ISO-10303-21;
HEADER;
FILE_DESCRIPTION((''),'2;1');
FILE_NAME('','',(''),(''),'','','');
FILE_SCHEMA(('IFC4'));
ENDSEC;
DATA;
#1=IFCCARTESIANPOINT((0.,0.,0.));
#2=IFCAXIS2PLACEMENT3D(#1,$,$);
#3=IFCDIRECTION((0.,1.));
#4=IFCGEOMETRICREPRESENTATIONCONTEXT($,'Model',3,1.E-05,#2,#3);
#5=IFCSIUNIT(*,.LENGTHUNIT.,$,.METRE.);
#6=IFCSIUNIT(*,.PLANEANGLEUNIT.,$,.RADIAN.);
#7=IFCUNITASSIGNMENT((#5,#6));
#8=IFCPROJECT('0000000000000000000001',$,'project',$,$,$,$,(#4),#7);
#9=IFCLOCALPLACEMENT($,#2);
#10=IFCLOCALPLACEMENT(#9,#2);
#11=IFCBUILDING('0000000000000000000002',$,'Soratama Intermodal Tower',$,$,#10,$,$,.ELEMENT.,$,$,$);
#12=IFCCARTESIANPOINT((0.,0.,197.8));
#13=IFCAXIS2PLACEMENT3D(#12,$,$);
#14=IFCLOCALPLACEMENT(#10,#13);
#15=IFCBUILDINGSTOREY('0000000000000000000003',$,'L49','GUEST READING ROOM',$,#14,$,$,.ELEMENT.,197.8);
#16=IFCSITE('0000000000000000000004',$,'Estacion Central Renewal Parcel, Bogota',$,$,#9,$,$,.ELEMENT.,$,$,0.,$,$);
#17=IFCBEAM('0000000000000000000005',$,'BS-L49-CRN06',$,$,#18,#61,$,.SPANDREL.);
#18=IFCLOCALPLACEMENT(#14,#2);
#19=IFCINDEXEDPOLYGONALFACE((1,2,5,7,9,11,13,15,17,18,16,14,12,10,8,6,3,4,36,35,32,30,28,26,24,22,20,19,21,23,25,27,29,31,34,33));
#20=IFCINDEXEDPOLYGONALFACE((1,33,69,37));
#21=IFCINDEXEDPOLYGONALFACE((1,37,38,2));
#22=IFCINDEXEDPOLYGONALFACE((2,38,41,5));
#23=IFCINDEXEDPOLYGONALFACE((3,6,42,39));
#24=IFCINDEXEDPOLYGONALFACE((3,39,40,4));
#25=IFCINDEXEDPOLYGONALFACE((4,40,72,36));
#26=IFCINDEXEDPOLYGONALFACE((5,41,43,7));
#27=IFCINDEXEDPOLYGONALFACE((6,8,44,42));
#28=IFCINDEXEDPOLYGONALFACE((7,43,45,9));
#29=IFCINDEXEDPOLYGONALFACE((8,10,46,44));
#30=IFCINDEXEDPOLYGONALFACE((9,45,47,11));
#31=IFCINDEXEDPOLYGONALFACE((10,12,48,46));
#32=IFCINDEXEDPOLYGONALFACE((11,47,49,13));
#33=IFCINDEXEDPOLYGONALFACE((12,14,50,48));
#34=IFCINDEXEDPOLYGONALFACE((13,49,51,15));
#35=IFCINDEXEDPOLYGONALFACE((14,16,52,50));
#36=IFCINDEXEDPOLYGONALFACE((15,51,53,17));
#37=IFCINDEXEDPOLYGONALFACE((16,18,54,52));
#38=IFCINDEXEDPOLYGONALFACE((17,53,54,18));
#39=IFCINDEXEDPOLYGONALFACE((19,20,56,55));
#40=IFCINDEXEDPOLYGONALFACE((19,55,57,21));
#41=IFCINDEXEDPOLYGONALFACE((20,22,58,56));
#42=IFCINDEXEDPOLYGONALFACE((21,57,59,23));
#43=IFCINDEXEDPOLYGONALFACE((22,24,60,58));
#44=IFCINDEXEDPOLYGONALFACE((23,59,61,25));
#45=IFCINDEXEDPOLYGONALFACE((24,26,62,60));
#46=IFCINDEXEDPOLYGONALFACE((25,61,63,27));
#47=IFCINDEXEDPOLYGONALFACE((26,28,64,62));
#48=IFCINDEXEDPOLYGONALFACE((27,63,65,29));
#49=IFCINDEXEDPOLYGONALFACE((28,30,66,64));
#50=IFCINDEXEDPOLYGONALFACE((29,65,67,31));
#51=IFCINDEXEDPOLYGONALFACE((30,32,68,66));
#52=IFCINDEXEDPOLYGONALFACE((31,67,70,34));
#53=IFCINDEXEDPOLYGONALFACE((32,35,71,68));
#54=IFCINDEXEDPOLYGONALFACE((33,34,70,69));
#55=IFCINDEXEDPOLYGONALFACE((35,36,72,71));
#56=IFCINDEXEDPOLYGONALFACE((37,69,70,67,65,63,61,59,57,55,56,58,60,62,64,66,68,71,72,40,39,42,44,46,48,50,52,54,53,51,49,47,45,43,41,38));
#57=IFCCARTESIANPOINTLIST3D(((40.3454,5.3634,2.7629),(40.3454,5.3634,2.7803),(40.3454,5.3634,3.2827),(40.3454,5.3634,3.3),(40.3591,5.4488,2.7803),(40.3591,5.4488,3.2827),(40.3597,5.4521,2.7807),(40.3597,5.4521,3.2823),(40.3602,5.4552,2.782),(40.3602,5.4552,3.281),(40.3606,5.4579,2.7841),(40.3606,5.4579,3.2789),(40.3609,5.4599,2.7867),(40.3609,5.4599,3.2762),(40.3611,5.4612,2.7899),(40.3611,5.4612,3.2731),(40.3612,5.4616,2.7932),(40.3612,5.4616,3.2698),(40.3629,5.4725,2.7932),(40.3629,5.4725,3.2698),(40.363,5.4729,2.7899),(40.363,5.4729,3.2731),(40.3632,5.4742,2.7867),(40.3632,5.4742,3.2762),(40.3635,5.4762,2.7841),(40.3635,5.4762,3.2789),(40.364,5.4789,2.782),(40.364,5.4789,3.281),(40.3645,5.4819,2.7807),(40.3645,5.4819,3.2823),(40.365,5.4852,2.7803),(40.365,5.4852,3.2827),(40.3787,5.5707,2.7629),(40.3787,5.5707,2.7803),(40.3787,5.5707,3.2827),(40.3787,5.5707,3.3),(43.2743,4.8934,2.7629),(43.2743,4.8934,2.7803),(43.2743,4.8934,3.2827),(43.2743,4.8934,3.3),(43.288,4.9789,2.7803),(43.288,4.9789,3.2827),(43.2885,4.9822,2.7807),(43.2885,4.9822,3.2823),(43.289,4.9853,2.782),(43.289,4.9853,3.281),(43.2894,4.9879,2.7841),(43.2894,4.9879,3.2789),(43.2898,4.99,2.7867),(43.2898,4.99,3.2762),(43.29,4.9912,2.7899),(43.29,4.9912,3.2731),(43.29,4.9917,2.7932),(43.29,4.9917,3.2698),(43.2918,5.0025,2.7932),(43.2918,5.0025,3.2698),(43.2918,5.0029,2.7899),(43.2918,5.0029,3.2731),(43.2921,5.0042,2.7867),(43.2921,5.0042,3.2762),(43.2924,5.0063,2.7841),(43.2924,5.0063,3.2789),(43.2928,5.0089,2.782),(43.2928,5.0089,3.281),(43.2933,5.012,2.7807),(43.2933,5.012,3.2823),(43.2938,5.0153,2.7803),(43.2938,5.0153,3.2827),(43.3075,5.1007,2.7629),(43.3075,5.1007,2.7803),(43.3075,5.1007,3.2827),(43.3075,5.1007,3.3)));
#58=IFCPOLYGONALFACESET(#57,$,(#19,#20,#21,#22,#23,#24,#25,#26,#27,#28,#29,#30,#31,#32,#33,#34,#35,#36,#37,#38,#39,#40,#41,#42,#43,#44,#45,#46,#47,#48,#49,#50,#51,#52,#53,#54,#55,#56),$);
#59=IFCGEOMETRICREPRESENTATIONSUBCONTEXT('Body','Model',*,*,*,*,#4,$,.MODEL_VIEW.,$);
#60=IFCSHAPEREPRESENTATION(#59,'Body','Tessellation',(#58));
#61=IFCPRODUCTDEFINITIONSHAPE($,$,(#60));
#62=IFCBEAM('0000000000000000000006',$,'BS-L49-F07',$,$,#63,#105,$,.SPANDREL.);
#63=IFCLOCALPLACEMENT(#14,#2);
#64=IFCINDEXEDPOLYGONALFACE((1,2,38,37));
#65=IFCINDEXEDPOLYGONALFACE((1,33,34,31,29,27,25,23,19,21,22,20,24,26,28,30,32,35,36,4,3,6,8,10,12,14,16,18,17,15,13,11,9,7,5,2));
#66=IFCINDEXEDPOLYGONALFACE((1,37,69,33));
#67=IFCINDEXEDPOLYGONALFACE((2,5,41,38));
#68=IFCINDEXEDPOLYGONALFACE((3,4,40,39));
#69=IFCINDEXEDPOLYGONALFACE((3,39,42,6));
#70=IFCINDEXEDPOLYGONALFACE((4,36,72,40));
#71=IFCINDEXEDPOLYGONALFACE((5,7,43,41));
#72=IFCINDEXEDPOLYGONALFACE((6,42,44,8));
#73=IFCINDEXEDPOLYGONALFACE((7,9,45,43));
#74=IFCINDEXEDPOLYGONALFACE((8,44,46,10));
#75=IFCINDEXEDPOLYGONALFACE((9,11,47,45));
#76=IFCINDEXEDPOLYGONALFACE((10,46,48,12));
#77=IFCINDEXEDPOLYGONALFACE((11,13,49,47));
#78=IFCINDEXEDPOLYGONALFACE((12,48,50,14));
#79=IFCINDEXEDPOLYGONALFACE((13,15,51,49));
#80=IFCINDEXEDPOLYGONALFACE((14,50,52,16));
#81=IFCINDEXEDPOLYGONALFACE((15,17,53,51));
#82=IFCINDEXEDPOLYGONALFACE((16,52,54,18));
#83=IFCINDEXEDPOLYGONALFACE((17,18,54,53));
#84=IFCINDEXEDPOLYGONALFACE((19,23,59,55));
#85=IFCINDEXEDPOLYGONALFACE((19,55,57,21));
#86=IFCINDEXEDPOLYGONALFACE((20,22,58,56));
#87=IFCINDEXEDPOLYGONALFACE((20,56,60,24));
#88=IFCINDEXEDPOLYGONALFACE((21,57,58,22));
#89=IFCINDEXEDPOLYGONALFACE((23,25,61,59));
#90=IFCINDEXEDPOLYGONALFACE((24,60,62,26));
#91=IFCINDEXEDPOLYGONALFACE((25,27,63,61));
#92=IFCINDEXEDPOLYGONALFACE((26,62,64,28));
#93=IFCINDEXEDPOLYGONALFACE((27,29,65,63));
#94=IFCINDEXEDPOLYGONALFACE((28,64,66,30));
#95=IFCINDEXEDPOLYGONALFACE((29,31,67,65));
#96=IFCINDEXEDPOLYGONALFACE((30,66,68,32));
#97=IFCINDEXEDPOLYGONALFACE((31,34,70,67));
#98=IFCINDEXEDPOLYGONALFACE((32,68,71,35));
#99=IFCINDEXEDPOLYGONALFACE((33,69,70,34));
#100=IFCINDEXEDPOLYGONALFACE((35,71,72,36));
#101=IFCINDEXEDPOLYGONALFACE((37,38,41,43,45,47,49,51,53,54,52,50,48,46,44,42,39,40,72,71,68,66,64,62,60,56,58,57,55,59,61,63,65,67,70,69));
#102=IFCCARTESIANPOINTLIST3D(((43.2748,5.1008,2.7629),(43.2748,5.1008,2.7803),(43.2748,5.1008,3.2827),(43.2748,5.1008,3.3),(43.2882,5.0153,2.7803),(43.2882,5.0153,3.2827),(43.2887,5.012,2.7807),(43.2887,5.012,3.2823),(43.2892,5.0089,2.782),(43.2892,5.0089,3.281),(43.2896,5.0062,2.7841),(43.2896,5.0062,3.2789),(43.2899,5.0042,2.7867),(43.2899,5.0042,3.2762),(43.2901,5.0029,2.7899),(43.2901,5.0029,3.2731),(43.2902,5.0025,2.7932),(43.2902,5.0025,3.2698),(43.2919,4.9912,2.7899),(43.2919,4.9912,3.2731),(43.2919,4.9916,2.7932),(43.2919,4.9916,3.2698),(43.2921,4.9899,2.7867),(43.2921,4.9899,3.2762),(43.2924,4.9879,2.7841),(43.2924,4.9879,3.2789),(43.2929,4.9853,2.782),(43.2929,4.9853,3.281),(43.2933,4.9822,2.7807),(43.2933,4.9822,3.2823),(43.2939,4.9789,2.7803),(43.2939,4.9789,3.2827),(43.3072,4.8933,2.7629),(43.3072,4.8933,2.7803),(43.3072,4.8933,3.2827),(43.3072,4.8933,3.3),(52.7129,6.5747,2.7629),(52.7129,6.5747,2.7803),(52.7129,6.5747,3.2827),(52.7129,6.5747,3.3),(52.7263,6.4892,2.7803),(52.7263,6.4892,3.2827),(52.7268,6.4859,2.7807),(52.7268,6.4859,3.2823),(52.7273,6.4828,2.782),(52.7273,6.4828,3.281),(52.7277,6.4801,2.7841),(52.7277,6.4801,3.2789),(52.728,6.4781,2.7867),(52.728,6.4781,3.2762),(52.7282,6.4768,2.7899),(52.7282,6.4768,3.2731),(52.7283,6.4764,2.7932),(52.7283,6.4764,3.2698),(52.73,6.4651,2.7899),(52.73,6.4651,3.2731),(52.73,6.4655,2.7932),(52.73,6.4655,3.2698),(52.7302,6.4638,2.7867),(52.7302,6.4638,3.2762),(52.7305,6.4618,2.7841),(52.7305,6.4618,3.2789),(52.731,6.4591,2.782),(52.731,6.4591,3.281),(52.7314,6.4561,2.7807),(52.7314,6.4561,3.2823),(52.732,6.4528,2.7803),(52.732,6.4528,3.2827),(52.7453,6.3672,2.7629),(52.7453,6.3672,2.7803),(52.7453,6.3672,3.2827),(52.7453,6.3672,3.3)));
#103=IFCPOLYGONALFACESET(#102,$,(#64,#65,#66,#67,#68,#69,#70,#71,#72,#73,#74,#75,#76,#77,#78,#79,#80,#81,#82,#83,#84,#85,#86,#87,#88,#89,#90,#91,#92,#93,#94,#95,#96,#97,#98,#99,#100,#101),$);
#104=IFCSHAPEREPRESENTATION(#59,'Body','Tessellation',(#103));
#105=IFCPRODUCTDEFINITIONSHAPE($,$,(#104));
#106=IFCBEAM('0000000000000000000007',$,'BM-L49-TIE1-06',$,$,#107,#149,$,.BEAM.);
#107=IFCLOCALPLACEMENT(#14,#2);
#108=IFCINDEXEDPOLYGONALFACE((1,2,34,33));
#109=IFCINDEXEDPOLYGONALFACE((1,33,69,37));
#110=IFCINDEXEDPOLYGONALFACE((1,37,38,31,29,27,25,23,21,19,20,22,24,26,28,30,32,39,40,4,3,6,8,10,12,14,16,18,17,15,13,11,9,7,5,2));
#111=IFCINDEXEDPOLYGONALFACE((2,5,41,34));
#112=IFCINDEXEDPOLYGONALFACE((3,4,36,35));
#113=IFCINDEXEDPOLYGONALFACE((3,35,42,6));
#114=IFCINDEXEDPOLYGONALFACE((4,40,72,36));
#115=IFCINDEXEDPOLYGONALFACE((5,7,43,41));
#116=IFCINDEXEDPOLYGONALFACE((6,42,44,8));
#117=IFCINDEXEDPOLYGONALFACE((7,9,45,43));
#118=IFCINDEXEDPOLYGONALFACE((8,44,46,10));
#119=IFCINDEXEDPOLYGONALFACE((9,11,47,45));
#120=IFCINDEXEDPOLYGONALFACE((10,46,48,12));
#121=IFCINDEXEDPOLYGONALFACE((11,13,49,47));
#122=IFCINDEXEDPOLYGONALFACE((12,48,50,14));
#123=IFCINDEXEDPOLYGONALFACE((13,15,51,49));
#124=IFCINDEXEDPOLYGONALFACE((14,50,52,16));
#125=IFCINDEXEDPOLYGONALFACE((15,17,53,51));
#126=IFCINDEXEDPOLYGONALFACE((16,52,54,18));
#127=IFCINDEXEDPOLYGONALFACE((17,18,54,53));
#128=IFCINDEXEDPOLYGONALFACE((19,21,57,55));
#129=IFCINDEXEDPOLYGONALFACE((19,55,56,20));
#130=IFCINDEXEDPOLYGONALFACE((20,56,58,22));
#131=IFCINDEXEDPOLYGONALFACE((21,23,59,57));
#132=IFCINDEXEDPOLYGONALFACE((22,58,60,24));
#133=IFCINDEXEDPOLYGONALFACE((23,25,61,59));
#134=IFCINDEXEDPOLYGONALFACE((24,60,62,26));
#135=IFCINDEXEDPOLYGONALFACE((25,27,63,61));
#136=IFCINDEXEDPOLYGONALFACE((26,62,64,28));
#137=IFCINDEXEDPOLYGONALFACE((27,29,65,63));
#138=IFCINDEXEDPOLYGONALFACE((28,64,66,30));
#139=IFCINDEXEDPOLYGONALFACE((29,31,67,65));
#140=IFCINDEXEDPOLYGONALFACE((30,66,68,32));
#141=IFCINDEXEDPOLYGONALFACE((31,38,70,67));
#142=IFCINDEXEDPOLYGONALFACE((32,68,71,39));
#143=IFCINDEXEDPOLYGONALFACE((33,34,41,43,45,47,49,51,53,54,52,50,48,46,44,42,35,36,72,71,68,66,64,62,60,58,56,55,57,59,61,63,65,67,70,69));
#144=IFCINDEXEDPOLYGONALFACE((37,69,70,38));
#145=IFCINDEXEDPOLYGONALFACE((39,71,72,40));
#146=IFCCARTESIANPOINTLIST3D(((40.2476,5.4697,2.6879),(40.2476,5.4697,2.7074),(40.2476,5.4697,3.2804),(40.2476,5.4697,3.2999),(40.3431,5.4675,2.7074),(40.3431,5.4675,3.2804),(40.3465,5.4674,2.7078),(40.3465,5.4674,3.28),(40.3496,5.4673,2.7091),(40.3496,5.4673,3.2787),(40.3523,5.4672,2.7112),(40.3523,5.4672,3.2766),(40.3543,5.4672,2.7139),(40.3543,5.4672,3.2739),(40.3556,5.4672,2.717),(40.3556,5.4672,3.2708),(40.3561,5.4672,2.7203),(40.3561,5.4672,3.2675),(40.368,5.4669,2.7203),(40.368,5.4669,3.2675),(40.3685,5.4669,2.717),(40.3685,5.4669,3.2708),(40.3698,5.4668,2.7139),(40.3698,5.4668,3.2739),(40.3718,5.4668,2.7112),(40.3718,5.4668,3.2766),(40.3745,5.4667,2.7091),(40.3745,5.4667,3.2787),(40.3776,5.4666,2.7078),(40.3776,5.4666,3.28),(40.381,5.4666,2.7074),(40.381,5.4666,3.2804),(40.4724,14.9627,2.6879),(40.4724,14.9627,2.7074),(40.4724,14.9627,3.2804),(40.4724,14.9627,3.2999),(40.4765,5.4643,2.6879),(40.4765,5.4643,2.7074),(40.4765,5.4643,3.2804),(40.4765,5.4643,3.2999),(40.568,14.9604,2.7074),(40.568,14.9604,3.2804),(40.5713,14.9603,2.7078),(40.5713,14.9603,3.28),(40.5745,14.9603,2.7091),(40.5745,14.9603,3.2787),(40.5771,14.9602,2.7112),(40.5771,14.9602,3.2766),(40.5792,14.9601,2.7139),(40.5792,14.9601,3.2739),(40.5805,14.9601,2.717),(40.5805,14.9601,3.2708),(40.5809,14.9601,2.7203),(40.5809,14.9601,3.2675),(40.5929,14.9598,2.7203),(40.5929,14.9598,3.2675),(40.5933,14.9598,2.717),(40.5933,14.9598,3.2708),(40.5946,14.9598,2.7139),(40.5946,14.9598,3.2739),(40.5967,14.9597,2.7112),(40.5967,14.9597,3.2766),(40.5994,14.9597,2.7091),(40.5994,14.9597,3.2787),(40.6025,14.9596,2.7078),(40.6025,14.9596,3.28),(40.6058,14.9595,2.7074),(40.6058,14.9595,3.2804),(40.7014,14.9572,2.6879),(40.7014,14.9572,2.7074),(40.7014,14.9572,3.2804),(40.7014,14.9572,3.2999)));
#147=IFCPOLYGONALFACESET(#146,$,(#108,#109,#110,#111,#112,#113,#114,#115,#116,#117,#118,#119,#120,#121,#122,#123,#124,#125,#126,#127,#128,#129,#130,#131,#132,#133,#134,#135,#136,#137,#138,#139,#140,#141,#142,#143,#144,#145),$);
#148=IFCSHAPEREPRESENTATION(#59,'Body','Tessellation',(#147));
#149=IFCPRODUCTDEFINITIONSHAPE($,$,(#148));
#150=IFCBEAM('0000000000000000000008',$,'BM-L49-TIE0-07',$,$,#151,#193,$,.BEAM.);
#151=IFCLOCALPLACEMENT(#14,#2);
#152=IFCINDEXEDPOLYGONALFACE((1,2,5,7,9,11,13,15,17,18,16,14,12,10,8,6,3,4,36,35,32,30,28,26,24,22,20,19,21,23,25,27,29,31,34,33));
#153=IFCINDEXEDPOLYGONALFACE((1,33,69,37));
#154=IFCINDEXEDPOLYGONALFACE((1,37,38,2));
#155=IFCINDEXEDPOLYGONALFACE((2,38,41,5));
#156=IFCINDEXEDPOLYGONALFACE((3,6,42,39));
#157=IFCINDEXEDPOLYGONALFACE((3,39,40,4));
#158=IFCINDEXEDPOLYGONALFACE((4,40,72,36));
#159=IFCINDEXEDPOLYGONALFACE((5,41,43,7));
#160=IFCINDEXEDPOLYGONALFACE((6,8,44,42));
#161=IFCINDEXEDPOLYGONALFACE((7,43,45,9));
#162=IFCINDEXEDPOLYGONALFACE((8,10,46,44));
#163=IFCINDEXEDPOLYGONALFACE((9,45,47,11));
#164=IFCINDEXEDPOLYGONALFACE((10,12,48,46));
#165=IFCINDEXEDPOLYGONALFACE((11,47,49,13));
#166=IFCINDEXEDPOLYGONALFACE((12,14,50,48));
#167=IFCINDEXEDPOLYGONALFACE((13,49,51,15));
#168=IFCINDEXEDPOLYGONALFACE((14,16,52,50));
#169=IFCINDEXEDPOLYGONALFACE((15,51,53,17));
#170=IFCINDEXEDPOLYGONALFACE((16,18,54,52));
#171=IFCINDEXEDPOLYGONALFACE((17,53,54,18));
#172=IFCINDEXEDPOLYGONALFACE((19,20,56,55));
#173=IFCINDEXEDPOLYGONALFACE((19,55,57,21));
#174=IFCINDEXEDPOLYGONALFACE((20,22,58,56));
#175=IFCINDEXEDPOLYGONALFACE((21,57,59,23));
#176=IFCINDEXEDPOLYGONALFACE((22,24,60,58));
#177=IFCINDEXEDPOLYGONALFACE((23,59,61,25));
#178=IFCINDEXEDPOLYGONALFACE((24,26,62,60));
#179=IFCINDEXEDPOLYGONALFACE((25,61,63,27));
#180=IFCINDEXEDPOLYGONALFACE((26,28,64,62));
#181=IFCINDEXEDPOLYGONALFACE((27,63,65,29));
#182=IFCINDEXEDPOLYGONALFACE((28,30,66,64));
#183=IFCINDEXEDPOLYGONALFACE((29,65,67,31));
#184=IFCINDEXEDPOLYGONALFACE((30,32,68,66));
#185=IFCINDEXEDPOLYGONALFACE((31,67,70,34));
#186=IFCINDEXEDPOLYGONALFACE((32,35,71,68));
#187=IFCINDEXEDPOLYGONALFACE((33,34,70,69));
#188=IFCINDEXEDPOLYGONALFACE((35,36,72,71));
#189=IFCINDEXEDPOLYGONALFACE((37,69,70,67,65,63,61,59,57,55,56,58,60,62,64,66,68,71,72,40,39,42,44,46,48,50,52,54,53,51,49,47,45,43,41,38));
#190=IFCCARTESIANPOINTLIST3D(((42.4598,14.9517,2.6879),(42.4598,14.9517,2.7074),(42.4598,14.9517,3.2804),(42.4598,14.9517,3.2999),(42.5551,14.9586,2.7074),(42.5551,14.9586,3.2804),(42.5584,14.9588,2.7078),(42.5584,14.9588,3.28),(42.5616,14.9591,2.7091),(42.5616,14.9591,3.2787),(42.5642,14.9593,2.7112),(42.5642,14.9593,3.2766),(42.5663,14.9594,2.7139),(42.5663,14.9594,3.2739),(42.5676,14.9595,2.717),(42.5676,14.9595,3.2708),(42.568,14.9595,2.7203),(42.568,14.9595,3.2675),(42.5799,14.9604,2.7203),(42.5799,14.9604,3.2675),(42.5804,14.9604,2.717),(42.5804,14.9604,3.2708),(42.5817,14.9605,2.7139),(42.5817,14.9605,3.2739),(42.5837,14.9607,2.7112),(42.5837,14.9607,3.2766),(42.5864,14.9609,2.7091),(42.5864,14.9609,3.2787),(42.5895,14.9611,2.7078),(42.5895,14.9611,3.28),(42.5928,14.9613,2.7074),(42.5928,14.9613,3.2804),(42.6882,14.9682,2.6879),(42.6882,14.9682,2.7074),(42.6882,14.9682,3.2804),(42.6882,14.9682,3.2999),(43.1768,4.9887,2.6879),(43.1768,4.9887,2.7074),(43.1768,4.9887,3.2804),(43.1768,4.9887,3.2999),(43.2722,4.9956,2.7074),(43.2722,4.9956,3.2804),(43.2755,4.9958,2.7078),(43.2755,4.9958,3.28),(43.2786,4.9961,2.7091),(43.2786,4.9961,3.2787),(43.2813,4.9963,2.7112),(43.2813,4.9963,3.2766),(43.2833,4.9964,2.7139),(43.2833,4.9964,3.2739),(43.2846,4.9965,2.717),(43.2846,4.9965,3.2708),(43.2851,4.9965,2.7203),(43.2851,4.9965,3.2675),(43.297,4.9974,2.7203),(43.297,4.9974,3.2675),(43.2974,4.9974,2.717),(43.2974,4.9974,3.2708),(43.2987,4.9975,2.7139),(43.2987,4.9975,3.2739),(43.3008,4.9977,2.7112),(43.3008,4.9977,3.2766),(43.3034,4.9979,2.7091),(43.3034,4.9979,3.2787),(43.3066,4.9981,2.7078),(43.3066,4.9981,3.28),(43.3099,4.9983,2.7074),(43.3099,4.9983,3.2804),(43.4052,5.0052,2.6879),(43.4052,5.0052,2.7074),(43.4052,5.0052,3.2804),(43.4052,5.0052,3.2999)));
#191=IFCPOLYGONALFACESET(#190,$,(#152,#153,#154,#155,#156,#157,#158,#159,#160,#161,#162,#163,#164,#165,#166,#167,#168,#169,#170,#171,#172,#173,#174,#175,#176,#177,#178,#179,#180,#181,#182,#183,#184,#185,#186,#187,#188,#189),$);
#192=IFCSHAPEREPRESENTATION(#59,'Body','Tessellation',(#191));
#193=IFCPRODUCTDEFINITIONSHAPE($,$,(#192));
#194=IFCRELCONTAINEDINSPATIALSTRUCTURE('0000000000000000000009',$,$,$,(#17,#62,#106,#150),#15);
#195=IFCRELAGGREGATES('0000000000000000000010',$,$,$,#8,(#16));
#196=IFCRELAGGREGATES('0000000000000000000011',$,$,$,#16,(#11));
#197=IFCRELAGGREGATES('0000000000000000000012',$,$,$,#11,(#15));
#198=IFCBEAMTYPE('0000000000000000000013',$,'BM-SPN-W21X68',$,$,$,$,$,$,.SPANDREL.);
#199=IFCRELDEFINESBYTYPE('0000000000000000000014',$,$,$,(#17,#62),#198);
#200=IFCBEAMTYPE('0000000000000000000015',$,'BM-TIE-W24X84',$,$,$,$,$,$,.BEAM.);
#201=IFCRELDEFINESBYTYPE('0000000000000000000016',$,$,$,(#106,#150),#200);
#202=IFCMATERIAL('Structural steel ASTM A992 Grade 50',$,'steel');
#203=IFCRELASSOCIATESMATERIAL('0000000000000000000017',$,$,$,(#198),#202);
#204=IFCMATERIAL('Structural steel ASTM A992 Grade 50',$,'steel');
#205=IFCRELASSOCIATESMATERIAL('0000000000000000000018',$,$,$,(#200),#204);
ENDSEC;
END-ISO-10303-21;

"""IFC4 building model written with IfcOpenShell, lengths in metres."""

from ifc_helpers import new_model, si_unit, direction, frame, origin, origin_2d, place, context, subcontext, project, spatial, i_section, extrude, material, material_profile, profile_set, type_object, element, save


model = new_model("IFC4")

# Units and contexts
model_context = context("Model", 3, precision=1e-05, world=origin(), true_north=direction((0.0, 1.0)))
body_context = subcontext(model_context, "Body", "Model", "MODEL_VIEW")
ifc_project = project(units=[si_unit("LENGTHUNIT", "METRE"), si_unit("PLANEANGLEUNIT", "RADIAN")], contexts=[model_context])

# Site, building, storey
site_placement = place(None, origin())
site = spatial("IfcSite", under=ifc_project, at=site_placement, Name="Estacion Central Renewal Parcel, Bogota", CompositionType="ELEMENT", RefElevation=0.0)
building_placement = place(site_placement, origin())
building = spatial("IfcBuilding", under=site, at=building_placement, Name="Soratama Intermodal Tower", CompositionType="ELEMENT")
storey_placement = place(building_placement, frame((0.0, 0.0, 197.8)))
storey = spatial("IfcBuildingStorey", under=building, at=storey_placement, Name="L49", Description="GUEST READING ROOM", CompositionType="ELEMENT", Elevation=197.8)

# Beams
ifc_material_1 = material(Name="Structural steel ASTM A992 Grade 50", Category="steel")
ifc_material_profile_1 = material_profile(ifc_material_1, i_section(OverallWidth=0.21, OverallDepth=0.5371, WebThickness=0.011, FlangeThickness=0.0173, FilletRadius=0.0129, at=origin_2d()), Name="W21X68")
ifc_profile_set_1 = profile_set([ifc_material_profile_1], Name="Structural steel ASTM A992 Grade 50")
beam_type_1 = type_object("IfcBeamType", Name="BM-SPN-W21X68", PredefinedType="SPANDREL", material=ifc_profile_set_1)
beam_1_placement = place(storey_placement, frame((40.3621, 5.467, 3.0315), z_axis=(0.98737, -0.15843, 0.0), x_axis=(0.15843, 0.98737, 0.0)))
element("IfcBeam", 1, at=beam_1_placement, inside=storey, type_object=beam_type_1, Name="BS-L49-CRN06", PredefinedType="SPANDREL", context=body_context, shape_type="SweptSolid", body=[
    extrude(i_section(OverallWidth=0.21, OverallDepth=0.5371, WebThickness=0.011, FlangeThickness=0.0173, FilletRadius=0.0129, at=origin_2d()), origin(), (0.0, 0.0, 1.0), 2.9663),
])
beam_2_placement = place(storey_placement, frame((43.291, 4.9971, 3.0315), z_axis=(0.988025, 0.154294, 0.0), x_axis=(-0.154294, 0.988025, 0.0)))
element("IfcBeam", 2, at=beam_2_placement, inside=storey, type_object=beam_type_1, Name="BS-L49-F07", PredefinedType="SPANDREL", context=body_context, shape_type="SweptSolid", body=[
    extrude(i_section(OverallWidth=0.21, OverallDepth=0.5371, WebThickness=0.011, FlangeThickness=0.0173, FilletRadius=0.0129, at=origin_2d()), origin(), (0.0, 0.0, 1.0), 9.5525),
])
ifc_material_2 = material(Name="Structural steel ASTM A992 Grade 50", Category="steel")
ifc_material_profile_2 = material_profile(ifc_material_2, i_section(OverallWidth=0.229, OverallDepth=0.6121, WebThickness=0.012, FlangeThickness=0.0195, FilletRadius=0.0129, at=origin_2d()), Name="W24X84")
ifc_profile_set_2 = profile_set([ifc_material_profile_2], Name="Structural steel ASTM A992 Grade 50")
beam_type_2 = type_object("IfcBeamType", Name="BM-TIE-W24X84", PredefinedType="BEAM", material=ifc_profile_set_2)
beam_3_placement = place(storey_placement, frame((40.5869, 14.96, 2.9939), z_axis=(-0.02368, -0.99972, 0.0), x_axis=(0.99972, -0.02368, 0.0)))
element("IfcBeam", 3, at=beam_3_placement, inside=storey, type_object=beam_type_2, Name="BM-L49-TIE1-06", PredefinedType="BEAM", context=body_context, shape_type="SweptSolid", body=[
    extrude(i_section(OverallWidth=0.229, OverallDepth=0.6121, WebThickness=0.012, FlangeThickness=0.0195, FilletRadius=0.0129, at=origin_2d()), origin(), (0.0, 0.0, 1.0), 9.4956),
])
beam_4_placement = place(storey_placement, frame((42.574, 14.96, 2.9939), z_axis=(0.071786, -0.99742, 0.0), x_axis=(0.99742, 0.071786, 0.0)))
element("IfcBeam", 4, at=beam_4_placement, inside=storey, type_object=beam_type_2, Name="BM-L49-TIE0-07", PredefinedType="BEAM", context=body_context, shape_type="SweptSolid", body=[
    extrude(i_section(OverallWidth=0.229, OverallDepth=0.6121, WebThickness=0.012, FlangeThickness=0.0195, FilletRadius=0.0129, at=origin_2d()), origin(), (0.0, 0.0, 1.0), 9.9888),
])

save(model, "model.ifc")
